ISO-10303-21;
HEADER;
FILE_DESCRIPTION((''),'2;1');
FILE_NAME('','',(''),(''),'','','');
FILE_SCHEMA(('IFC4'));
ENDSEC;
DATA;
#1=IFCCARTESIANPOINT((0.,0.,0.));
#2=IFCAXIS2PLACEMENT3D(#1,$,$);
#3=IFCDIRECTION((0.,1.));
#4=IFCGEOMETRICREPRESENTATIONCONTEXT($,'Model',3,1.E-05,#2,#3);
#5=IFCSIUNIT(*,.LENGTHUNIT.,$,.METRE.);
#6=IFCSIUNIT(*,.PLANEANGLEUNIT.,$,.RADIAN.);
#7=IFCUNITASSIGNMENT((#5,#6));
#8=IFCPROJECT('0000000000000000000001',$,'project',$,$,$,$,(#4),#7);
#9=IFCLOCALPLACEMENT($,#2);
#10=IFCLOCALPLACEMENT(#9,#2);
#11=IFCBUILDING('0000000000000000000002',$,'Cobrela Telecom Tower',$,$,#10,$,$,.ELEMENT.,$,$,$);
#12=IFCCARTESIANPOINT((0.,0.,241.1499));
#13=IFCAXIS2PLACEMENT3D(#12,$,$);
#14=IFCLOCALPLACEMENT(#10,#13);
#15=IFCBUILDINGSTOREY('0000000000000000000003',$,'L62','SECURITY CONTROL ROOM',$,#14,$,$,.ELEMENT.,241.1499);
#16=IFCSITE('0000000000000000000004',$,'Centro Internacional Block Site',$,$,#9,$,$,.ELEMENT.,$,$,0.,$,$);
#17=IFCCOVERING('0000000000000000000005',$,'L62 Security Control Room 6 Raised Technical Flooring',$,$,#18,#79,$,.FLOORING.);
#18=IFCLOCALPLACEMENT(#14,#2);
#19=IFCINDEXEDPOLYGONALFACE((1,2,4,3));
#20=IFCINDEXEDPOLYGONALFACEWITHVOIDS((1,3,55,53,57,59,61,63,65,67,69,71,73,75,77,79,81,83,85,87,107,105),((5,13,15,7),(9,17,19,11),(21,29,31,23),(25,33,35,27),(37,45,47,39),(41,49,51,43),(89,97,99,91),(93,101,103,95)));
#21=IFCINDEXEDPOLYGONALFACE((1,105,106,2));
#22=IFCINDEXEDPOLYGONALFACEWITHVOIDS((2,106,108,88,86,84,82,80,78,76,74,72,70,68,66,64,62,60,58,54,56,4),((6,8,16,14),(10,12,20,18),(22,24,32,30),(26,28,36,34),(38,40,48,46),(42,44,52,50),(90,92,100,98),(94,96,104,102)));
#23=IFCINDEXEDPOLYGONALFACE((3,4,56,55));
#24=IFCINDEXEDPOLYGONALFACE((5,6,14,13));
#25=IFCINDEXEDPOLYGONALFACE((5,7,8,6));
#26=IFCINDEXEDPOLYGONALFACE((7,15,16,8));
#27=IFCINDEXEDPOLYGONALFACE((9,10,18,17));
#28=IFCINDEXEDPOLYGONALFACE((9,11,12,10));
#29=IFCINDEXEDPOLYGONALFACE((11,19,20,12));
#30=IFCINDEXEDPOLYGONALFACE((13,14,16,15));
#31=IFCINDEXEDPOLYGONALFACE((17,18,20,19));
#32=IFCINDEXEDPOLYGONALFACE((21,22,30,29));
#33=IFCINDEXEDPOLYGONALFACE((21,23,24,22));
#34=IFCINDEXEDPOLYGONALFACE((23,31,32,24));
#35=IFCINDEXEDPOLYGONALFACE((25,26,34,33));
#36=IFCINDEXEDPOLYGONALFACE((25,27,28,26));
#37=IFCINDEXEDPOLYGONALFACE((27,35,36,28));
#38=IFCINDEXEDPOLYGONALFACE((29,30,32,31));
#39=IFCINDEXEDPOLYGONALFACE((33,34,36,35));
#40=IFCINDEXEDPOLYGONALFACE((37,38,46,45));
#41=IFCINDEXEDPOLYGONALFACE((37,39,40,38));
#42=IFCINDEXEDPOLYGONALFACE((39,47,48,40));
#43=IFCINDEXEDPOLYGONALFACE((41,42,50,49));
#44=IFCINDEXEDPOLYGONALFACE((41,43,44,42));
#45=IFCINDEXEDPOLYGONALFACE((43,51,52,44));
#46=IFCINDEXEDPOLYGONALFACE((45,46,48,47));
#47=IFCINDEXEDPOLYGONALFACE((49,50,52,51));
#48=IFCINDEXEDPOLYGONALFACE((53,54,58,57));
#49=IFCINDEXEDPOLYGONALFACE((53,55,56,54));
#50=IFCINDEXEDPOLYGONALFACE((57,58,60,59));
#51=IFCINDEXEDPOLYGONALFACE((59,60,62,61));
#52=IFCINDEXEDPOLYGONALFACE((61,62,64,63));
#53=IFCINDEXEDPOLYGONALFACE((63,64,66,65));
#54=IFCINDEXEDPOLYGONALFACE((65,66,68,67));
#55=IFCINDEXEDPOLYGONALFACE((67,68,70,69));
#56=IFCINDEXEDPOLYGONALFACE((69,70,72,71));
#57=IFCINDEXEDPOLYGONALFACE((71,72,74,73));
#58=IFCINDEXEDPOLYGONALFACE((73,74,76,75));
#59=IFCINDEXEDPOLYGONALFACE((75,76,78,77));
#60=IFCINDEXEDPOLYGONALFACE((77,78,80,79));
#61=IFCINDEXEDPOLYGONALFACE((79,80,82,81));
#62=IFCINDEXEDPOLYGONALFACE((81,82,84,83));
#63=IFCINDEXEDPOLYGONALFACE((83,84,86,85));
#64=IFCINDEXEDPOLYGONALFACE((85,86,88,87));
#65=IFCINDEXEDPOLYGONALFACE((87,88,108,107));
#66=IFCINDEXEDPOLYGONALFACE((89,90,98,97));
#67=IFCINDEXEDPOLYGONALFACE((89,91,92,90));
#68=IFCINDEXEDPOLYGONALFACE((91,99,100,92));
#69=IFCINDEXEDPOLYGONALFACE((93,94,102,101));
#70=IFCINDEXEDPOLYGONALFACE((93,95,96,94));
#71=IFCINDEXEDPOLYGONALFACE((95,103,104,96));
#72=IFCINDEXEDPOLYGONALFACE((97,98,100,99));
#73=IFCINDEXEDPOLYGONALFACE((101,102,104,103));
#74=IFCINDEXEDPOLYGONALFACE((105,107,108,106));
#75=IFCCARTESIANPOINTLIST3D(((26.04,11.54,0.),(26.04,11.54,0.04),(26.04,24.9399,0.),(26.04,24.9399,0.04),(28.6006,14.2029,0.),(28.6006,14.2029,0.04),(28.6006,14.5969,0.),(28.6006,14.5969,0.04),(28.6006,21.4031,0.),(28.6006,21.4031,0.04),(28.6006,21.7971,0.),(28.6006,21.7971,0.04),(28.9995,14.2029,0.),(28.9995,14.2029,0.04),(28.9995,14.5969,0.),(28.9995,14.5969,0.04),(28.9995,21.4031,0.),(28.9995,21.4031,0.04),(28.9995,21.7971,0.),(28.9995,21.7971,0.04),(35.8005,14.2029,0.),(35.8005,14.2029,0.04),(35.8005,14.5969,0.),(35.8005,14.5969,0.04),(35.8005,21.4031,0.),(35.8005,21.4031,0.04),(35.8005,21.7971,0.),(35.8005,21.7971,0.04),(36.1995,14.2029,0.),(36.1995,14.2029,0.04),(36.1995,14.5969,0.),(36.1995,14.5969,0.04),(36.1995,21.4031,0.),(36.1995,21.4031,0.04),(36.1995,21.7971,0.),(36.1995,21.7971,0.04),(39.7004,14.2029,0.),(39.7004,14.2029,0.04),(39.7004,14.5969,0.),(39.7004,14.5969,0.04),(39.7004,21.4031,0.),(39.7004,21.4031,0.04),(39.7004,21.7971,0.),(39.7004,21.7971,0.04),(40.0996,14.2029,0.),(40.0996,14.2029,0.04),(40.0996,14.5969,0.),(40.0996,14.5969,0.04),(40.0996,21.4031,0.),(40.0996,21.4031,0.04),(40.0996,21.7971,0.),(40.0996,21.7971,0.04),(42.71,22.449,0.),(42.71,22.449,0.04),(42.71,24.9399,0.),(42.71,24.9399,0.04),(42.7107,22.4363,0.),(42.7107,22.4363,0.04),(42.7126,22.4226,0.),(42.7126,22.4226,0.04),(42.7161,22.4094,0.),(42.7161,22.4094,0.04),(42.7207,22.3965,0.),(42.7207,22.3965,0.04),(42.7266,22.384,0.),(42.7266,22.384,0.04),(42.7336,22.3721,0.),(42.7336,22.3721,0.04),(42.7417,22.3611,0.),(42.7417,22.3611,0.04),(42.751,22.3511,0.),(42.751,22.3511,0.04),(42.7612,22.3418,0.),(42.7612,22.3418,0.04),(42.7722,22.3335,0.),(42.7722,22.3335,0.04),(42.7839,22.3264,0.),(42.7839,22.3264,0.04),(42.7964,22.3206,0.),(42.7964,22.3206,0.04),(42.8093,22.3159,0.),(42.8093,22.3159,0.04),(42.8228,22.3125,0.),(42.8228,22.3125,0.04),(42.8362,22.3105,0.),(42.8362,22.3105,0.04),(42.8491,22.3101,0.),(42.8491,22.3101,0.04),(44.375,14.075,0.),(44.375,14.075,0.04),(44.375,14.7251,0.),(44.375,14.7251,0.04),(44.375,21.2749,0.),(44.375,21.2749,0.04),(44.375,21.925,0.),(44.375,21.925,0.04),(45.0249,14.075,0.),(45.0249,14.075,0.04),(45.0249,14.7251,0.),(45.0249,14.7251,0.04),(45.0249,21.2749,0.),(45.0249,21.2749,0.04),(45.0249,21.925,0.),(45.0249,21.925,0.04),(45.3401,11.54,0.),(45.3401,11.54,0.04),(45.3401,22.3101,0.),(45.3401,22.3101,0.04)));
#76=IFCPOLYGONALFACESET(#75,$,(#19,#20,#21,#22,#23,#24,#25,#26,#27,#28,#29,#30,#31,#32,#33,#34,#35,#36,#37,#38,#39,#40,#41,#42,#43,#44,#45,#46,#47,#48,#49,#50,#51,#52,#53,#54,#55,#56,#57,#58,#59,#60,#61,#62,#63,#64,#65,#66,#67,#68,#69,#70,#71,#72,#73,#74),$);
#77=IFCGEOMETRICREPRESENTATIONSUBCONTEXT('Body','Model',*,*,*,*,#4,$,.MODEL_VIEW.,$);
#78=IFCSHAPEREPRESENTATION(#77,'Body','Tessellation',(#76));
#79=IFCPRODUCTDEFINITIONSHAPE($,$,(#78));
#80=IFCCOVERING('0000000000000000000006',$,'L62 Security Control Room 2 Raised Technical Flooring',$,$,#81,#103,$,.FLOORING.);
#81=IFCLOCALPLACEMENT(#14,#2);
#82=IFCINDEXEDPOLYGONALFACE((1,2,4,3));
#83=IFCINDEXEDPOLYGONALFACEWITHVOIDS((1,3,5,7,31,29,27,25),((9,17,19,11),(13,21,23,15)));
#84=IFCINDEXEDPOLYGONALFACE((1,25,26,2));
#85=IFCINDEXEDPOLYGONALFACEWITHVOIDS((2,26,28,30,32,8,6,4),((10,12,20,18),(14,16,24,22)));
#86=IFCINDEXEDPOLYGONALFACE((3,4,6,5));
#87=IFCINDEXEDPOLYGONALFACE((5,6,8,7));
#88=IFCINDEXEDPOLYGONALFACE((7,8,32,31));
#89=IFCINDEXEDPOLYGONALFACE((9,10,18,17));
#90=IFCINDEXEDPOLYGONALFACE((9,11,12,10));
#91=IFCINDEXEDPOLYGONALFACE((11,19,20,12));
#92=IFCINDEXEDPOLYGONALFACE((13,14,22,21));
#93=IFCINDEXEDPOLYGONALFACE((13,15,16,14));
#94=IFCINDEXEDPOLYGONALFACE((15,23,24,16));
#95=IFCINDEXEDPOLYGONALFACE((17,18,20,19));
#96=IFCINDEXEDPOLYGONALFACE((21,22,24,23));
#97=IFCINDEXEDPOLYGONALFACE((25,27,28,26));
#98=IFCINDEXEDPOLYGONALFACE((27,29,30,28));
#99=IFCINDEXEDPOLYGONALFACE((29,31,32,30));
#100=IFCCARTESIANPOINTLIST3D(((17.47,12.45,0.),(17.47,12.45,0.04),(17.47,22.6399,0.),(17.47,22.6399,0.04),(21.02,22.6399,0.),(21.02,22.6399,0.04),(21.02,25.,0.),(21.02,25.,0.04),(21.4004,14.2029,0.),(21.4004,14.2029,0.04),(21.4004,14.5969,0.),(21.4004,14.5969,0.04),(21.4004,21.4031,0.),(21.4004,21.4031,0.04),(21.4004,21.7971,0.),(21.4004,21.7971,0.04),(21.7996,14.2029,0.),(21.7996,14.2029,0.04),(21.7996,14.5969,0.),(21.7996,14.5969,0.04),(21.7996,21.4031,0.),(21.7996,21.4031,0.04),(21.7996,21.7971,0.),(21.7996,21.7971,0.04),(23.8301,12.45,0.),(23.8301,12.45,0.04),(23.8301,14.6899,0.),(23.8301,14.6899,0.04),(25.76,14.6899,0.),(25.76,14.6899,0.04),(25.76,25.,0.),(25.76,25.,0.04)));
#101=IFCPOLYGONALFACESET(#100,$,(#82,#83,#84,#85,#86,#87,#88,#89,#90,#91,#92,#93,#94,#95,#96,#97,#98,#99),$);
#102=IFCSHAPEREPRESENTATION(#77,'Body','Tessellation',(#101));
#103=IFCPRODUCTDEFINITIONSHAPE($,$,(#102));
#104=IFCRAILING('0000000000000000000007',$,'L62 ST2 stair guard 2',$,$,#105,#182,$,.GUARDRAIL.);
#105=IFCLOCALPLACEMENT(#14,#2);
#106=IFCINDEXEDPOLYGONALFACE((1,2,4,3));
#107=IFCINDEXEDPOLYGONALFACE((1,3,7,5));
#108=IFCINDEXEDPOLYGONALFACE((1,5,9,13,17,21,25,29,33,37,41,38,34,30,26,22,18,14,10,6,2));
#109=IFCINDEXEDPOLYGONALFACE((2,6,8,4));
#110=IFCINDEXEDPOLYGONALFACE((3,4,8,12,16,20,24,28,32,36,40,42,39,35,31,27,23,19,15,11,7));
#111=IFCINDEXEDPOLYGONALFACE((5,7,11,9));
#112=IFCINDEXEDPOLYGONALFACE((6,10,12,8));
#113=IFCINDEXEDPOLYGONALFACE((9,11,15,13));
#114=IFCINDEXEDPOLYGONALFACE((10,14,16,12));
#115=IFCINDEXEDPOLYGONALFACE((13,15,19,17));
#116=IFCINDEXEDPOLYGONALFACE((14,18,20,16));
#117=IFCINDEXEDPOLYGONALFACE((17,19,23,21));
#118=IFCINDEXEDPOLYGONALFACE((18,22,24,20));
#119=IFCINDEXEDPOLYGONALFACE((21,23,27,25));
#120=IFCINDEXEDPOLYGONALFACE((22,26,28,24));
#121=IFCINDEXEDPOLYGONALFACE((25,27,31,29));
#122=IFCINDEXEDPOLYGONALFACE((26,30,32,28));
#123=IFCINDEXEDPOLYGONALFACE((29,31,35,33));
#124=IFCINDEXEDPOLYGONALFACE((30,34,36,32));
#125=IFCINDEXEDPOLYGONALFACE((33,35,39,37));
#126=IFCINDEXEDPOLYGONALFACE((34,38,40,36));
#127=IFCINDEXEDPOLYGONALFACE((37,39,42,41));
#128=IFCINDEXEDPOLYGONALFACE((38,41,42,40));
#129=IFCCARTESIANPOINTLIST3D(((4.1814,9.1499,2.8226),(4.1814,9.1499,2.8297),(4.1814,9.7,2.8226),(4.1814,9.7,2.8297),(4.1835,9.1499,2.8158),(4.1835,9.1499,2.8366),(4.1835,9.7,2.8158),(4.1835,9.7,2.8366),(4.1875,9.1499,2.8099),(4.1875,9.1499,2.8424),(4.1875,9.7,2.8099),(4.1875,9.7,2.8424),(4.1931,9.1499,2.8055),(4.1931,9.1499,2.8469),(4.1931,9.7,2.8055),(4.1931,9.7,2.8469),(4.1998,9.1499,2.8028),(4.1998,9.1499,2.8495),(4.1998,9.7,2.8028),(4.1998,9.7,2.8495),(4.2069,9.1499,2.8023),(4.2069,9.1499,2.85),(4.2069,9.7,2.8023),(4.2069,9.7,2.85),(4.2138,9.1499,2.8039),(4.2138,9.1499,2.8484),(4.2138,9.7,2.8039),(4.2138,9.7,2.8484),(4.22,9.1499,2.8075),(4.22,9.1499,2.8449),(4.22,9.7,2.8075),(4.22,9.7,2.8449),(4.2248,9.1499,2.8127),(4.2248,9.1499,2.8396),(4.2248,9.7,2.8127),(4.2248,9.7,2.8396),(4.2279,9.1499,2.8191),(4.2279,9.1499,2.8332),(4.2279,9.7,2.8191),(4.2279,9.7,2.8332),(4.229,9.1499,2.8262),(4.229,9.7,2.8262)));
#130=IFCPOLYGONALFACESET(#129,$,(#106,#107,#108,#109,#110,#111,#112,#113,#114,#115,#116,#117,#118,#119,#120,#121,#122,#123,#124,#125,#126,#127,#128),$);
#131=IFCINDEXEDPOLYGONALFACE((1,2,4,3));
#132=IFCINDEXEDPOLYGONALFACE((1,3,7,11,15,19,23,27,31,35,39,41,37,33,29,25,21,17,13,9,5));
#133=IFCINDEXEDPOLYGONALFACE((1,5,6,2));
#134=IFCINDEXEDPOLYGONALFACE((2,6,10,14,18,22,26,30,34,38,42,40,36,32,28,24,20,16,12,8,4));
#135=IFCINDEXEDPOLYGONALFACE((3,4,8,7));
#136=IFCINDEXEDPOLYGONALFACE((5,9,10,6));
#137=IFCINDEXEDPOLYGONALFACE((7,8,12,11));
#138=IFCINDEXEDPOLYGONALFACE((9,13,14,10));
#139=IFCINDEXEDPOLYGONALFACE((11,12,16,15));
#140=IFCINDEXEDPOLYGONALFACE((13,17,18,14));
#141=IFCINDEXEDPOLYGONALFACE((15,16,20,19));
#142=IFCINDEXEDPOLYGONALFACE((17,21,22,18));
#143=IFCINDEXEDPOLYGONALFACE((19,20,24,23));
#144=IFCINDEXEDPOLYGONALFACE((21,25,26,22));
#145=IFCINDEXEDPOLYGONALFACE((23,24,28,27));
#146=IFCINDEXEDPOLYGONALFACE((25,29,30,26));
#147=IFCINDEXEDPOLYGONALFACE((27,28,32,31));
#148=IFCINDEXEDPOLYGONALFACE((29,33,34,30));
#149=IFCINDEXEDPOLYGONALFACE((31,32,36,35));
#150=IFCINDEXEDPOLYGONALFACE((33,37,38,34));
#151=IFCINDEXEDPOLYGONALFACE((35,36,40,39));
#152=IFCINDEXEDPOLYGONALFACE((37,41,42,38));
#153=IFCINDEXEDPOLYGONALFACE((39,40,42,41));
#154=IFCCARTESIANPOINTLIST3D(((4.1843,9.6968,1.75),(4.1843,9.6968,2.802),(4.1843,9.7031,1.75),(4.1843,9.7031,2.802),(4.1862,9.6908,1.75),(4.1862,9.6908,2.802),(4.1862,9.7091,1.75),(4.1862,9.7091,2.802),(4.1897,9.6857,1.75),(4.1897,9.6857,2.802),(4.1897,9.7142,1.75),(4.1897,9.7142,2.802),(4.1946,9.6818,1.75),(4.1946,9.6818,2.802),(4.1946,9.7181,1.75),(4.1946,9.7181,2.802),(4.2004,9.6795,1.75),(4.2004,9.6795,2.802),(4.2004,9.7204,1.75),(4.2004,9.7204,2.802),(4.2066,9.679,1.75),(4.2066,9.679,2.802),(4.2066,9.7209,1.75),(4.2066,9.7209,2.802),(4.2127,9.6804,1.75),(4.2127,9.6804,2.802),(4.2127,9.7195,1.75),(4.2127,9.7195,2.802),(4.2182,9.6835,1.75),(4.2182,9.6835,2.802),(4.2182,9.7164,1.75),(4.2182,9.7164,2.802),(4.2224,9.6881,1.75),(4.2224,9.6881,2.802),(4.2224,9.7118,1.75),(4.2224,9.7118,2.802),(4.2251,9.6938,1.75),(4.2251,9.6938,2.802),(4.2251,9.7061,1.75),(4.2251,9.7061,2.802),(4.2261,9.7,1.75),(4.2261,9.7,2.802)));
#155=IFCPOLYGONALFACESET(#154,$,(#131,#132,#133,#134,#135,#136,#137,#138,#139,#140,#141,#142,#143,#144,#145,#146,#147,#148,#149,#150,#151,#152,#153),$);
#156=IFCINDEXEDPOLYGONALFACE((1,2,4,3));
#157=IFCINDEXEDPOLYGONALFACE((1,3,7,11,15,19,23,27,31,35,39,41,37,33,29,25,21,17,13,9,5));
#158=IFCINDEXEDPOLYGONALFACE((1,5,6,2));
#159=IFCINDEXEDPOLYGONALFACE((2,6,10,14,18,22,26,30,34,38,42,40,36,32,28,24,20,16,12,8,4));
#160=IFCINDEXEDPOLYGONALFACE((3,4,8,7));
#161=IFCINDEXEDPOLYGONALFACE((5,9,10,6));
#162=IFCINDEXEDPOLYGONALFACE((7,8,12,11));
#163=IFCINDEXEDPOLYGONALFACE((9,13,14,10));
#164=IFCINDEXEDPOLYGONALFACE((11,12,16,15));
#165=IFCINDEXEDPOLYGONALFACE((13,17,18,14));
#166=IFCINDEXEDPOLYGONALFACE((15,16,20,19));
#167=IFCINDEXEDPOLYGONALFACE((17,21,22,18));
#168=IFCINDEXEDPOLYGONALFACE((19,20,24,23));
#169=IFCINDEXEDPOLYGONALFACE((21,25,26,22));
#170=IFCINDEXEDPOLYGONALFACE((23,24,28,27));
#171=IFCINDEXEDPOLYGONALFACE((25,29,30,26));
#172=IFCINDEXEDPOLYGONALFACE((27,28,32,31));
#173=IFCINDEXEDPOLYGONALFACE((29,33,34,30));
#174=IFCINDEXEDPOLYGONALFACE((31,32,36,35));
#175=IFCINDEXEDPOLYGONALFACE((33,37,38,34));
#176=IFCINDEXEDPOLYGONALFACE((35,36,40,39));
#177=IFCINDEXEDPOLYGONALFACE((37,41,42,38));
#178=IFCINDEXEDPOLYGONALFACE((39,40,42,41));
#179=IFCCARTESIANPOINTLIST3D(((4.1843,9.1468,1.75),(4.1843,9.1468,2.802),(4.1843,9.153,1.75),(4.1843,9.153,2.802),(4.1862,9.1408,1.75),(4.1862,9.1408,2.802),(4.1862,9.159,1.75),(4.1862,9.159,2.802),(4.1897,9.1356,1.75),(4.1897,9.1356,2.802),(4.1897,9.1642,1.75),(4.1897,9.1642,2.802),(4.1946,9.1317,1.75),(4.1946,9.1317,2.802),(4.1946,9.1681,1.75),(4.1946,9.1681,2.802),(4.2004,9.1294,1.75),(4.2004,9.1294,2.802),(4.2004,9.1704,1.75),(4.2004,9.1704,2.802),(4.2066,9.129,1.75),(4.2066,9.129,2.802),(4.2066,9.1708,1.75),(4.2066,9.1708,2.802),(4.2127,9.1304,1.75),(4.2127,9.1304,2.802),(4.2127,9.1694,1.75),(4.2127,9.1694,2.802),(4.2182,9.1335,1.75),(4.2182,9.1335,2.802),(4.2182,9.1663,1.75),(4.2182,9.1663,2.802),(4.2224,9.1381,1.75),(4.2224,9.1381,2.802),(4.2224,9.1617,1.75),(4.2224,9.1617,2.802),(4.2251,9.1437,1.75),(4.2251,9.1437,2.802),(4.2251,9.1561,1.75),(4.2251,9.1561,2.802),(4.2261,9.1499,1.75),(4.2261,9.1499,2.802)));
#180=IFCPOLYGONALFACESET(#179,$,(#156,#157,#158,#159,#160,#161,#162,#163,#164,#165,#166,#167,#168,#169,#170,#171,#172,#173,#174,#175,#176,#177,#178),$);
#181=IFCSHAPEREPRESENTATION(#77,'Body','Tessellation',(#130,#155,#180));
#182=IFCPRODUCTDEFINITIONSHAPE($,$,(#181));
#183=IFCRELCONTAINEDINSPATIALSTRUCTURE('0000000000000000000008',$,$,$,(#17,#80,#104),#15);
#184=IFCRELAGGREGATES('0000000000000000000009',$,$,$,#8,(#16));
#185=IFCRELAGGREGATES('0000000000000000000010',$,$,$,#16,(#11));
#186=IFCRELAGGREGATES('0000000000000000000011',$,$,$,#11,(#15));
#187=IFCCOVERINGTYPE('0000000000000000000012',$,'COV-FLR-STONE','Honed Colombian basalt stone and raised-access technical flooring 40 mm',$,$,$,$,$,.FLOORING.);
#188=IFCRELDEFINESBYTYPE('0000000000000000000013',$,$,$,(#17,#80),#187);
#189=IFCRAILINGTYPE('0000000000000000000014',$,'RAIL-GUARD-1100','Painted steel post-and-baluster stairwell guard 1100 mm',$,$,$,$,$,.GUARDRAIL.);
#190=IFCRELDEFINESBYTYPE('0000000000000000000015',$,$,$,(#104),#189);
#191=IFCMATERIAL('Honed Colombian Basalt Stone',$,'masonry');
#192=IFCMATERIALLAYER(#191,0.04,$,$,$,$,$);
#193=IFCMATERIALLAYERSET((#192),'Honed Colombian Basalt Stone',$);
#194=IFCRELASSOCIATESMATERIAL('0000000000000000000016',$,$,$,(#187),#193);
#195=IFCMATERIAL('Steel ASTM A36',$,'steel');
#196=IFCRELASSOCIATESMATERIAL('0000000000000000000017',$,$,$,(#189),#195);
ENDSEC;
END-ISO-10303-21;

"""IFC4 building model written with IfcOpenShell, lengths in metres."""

from ifc_helpers import new_model, si_unit, direction, frame, origin, origin_2d, place, context, subcontext, project, spatial, polyline, circle, outline, extrude, material, layer, layer_set, type_object, element, save


model = new_model("IFC4")

# Units and contexts
model_context = context("Model", 3, precision=1e-05, world=origin(), true_north=direction((0.0, 1.0)))
body_context = subcontext(model_context, "Body", "Model", "MODEL_VIEW")
ifc_project = project(units=[si_unit("LENGTHUNIT", "METRE"), si_unit("PLANEANGLEUNIT", "RADIAN")], contexts=[model_context])

# Site, building, storey
site_placement = place(None, origin())
site = spatial("IfcSite", under=ifc_project, at=site_placement, Name="Centro Internacional Block Site", CompositionType="ELEMENT", RefElevation=0.0)
building_placement = place(site_placement, origin())
building = spatial("IfcBuilding", under=site, at=building_placement, Name="Cobrela Telecom Tower", CompositionType="ELEMENT")
storey_placement = place(building_placement, frame((0.0, 0.0, 241.1499)))
storey = spatial("IfcBuildingStorey", under=building, at=storey_placement, Name="L62", Description="SECURITY CONTROL ROOM", CompositionType="ELEMENT", Elevation=241.1499)

# Coverings
ifc_material_1 = material(Name="Honed Colombian Basalt Stone", Category="masonry")
ifc_layer_1 = layer(ifc_material_1, 0.04)
ifc_layer_set_1 = layer_set([ifc_layer_1], Name="Honed Colombian Basalt Stone")
covering_type_1 = type_object("IfcCoveringType", Name="COV-FLR-STONE", Description="Honed Colombian basalt stone and raised-access technical flooring 40 mm", PredefinedType="FLOORING", material=ifc_layer_set_1)
covering_1_placement = place(storey_placement, origin())
element("IfcCovering", 1, at=covering_1_placement, inside=storey, type_object=covering_type_1, Name="L62 Security Control Room 6 Raised Technical Flooring", PredefinedType="FLOORING", context=body_context, shape_type="SweptSolid", body=[
    extrude(outline(polyline([(42.71, 24.9399), (42.71, 22.449), (42.7107, 22.4363), (42.7126, 22.4226), (42.7161, 22.4094), (42.7207, 22.3965), (42.7266, 22.384), (42.7336, 22.3721), (42.7417, 22.3611), (42.751, 22.3511), (42.7612, 22.3418), (42.7722, 22.3335), (42.7839, 22.3264), (42.7964, 22.3206), (42.8093, 22.3159), (42.8228, 22.3125), (42.8362, 22.3105), (42.8491, 22.3101), (45.3401, 22.3101), (45.3401, 11.54), (26.04, 11.54), (26.04, 24.9399), (42.71, 24.9399)]), holes=[polyline([(28.9995, 14.5969), (28.6006, 14.5969), (28.6006, 14.2029), (28.9995, 14.2029), (28.9995, 14.5969)]), polyline([(28.9995, 21.7971), (28.6006, 21.7971), (28.6006, 21.4031), (28.9995, 21.4031), (28.9995, 21.7971)]), polyline([(36.1995, 14.5969), (35.8005, 14.5969), (35.8005, 14.2029), (36.1995, 14.2029), (36.1995, 14.5969)]), polyline([(40.0996, 14.5969), (39.7004, 14.5969), (39.7004, 14.2029), (40.0996, 14.2029), (40.0996, 14.5969)]), polyline([(45.0249, 14.7251), (44.375, 14.7251), (44.375, 14.075), (45.0249, 14.075), (45.0249, 14.7251)]), polyline([(36.1995, 21.7971), (35.8005, 21.7971), (35.8005, 21.4031), (36.1995, 21.4031), (36.1995, 21.7971)]), polyline([(40.0996, 21.4031), (40.0996, 21.7971), (39.7004, 21.7971), (39.7004, 21.4031), (40.0996, 21.4031)]), polyline([(45.0249, 21.2749), (45.0249, 21.925), (44.375, 21.925), (44.375, 21.2749), (45.0249, 21.2749)])]), origin(), (0.0, 0.0, 1.0), 0.04),
])
covering_2_placement = place(storey_placement, origin())
element("IfcCovering", 2, at=covering_2_placement, inside=storey, type_object=covering_type_1, Name="L62 Security Control Room 2 Raised Technical Flooring", PredefinedType="FLOORING", context=body_context, shape_type="SweptSolid", body=[
    extrude(outline(polyline([(25.76, 25.0), (25.76, 14.6899), (23.8301, 14.6899), (23.8301, 12.45), (17.47, 12.45), (17.47, 22.6399), (21.02, 22.6399), (21.02, 25.0), (25.76, 25.0)]), holes=[polyline([(21.7996, 14.5969), (21.4004, 14.5969), (21.4004, 14.2029), (21.7996, 14.2029), (21.7996, 14.5969)]), polyline([(21.7996, 21.7971), (21.4004, 21.7971), (21.4004, 21.4031), (21.7996, 21.4031), (21.7996, 21.7971)])]), origin(), (0.0, 0.0, 1.0), 0.04),
])

# Railing
ifc_material_2 = material(Name="Steel ASTM A36", Category="steel")
railing_type = type_object("IfcRailingType", Name="RAIL-GUARD-1100", Description="Painted steel post-and-baluster stairwell guard 1100 mm", PredefinedType="GUARDRAIL", material=ifc_material_2)
railing_placement = place(storey_placement, frame((4.2051, 9.7, 1.75)))
element("IfcRailing", 3, at=railing_placement, inside=storey, type_object=railing_type, Name="L62 ST2 stair guard 2", PredefinedType="GUARDRAIL", context=body_context, shape_type="SweptSolid", body=[
    extrude(circle(Radius=0.0239, at=origin_2d()), frame((0.0, 0.0, 1.0762), z_axis=(0.0, -1.0, 0.0), x_axis=(1.0, 0.0, 0.0)), (0.0, 0.0, 1.0), 0.55),
    extrude(circle(Radius=0.021, at=origin_2d()), origin(), (0.0, 0.0, 1.0), 1.052),
    extrude(circle(Radius=0.021, at=origin_2d()), frame((0.0, -0.55, 0.0)), (0.0, 0.0, 1.0), 1.052),
])

save(model, "model.ifc")
